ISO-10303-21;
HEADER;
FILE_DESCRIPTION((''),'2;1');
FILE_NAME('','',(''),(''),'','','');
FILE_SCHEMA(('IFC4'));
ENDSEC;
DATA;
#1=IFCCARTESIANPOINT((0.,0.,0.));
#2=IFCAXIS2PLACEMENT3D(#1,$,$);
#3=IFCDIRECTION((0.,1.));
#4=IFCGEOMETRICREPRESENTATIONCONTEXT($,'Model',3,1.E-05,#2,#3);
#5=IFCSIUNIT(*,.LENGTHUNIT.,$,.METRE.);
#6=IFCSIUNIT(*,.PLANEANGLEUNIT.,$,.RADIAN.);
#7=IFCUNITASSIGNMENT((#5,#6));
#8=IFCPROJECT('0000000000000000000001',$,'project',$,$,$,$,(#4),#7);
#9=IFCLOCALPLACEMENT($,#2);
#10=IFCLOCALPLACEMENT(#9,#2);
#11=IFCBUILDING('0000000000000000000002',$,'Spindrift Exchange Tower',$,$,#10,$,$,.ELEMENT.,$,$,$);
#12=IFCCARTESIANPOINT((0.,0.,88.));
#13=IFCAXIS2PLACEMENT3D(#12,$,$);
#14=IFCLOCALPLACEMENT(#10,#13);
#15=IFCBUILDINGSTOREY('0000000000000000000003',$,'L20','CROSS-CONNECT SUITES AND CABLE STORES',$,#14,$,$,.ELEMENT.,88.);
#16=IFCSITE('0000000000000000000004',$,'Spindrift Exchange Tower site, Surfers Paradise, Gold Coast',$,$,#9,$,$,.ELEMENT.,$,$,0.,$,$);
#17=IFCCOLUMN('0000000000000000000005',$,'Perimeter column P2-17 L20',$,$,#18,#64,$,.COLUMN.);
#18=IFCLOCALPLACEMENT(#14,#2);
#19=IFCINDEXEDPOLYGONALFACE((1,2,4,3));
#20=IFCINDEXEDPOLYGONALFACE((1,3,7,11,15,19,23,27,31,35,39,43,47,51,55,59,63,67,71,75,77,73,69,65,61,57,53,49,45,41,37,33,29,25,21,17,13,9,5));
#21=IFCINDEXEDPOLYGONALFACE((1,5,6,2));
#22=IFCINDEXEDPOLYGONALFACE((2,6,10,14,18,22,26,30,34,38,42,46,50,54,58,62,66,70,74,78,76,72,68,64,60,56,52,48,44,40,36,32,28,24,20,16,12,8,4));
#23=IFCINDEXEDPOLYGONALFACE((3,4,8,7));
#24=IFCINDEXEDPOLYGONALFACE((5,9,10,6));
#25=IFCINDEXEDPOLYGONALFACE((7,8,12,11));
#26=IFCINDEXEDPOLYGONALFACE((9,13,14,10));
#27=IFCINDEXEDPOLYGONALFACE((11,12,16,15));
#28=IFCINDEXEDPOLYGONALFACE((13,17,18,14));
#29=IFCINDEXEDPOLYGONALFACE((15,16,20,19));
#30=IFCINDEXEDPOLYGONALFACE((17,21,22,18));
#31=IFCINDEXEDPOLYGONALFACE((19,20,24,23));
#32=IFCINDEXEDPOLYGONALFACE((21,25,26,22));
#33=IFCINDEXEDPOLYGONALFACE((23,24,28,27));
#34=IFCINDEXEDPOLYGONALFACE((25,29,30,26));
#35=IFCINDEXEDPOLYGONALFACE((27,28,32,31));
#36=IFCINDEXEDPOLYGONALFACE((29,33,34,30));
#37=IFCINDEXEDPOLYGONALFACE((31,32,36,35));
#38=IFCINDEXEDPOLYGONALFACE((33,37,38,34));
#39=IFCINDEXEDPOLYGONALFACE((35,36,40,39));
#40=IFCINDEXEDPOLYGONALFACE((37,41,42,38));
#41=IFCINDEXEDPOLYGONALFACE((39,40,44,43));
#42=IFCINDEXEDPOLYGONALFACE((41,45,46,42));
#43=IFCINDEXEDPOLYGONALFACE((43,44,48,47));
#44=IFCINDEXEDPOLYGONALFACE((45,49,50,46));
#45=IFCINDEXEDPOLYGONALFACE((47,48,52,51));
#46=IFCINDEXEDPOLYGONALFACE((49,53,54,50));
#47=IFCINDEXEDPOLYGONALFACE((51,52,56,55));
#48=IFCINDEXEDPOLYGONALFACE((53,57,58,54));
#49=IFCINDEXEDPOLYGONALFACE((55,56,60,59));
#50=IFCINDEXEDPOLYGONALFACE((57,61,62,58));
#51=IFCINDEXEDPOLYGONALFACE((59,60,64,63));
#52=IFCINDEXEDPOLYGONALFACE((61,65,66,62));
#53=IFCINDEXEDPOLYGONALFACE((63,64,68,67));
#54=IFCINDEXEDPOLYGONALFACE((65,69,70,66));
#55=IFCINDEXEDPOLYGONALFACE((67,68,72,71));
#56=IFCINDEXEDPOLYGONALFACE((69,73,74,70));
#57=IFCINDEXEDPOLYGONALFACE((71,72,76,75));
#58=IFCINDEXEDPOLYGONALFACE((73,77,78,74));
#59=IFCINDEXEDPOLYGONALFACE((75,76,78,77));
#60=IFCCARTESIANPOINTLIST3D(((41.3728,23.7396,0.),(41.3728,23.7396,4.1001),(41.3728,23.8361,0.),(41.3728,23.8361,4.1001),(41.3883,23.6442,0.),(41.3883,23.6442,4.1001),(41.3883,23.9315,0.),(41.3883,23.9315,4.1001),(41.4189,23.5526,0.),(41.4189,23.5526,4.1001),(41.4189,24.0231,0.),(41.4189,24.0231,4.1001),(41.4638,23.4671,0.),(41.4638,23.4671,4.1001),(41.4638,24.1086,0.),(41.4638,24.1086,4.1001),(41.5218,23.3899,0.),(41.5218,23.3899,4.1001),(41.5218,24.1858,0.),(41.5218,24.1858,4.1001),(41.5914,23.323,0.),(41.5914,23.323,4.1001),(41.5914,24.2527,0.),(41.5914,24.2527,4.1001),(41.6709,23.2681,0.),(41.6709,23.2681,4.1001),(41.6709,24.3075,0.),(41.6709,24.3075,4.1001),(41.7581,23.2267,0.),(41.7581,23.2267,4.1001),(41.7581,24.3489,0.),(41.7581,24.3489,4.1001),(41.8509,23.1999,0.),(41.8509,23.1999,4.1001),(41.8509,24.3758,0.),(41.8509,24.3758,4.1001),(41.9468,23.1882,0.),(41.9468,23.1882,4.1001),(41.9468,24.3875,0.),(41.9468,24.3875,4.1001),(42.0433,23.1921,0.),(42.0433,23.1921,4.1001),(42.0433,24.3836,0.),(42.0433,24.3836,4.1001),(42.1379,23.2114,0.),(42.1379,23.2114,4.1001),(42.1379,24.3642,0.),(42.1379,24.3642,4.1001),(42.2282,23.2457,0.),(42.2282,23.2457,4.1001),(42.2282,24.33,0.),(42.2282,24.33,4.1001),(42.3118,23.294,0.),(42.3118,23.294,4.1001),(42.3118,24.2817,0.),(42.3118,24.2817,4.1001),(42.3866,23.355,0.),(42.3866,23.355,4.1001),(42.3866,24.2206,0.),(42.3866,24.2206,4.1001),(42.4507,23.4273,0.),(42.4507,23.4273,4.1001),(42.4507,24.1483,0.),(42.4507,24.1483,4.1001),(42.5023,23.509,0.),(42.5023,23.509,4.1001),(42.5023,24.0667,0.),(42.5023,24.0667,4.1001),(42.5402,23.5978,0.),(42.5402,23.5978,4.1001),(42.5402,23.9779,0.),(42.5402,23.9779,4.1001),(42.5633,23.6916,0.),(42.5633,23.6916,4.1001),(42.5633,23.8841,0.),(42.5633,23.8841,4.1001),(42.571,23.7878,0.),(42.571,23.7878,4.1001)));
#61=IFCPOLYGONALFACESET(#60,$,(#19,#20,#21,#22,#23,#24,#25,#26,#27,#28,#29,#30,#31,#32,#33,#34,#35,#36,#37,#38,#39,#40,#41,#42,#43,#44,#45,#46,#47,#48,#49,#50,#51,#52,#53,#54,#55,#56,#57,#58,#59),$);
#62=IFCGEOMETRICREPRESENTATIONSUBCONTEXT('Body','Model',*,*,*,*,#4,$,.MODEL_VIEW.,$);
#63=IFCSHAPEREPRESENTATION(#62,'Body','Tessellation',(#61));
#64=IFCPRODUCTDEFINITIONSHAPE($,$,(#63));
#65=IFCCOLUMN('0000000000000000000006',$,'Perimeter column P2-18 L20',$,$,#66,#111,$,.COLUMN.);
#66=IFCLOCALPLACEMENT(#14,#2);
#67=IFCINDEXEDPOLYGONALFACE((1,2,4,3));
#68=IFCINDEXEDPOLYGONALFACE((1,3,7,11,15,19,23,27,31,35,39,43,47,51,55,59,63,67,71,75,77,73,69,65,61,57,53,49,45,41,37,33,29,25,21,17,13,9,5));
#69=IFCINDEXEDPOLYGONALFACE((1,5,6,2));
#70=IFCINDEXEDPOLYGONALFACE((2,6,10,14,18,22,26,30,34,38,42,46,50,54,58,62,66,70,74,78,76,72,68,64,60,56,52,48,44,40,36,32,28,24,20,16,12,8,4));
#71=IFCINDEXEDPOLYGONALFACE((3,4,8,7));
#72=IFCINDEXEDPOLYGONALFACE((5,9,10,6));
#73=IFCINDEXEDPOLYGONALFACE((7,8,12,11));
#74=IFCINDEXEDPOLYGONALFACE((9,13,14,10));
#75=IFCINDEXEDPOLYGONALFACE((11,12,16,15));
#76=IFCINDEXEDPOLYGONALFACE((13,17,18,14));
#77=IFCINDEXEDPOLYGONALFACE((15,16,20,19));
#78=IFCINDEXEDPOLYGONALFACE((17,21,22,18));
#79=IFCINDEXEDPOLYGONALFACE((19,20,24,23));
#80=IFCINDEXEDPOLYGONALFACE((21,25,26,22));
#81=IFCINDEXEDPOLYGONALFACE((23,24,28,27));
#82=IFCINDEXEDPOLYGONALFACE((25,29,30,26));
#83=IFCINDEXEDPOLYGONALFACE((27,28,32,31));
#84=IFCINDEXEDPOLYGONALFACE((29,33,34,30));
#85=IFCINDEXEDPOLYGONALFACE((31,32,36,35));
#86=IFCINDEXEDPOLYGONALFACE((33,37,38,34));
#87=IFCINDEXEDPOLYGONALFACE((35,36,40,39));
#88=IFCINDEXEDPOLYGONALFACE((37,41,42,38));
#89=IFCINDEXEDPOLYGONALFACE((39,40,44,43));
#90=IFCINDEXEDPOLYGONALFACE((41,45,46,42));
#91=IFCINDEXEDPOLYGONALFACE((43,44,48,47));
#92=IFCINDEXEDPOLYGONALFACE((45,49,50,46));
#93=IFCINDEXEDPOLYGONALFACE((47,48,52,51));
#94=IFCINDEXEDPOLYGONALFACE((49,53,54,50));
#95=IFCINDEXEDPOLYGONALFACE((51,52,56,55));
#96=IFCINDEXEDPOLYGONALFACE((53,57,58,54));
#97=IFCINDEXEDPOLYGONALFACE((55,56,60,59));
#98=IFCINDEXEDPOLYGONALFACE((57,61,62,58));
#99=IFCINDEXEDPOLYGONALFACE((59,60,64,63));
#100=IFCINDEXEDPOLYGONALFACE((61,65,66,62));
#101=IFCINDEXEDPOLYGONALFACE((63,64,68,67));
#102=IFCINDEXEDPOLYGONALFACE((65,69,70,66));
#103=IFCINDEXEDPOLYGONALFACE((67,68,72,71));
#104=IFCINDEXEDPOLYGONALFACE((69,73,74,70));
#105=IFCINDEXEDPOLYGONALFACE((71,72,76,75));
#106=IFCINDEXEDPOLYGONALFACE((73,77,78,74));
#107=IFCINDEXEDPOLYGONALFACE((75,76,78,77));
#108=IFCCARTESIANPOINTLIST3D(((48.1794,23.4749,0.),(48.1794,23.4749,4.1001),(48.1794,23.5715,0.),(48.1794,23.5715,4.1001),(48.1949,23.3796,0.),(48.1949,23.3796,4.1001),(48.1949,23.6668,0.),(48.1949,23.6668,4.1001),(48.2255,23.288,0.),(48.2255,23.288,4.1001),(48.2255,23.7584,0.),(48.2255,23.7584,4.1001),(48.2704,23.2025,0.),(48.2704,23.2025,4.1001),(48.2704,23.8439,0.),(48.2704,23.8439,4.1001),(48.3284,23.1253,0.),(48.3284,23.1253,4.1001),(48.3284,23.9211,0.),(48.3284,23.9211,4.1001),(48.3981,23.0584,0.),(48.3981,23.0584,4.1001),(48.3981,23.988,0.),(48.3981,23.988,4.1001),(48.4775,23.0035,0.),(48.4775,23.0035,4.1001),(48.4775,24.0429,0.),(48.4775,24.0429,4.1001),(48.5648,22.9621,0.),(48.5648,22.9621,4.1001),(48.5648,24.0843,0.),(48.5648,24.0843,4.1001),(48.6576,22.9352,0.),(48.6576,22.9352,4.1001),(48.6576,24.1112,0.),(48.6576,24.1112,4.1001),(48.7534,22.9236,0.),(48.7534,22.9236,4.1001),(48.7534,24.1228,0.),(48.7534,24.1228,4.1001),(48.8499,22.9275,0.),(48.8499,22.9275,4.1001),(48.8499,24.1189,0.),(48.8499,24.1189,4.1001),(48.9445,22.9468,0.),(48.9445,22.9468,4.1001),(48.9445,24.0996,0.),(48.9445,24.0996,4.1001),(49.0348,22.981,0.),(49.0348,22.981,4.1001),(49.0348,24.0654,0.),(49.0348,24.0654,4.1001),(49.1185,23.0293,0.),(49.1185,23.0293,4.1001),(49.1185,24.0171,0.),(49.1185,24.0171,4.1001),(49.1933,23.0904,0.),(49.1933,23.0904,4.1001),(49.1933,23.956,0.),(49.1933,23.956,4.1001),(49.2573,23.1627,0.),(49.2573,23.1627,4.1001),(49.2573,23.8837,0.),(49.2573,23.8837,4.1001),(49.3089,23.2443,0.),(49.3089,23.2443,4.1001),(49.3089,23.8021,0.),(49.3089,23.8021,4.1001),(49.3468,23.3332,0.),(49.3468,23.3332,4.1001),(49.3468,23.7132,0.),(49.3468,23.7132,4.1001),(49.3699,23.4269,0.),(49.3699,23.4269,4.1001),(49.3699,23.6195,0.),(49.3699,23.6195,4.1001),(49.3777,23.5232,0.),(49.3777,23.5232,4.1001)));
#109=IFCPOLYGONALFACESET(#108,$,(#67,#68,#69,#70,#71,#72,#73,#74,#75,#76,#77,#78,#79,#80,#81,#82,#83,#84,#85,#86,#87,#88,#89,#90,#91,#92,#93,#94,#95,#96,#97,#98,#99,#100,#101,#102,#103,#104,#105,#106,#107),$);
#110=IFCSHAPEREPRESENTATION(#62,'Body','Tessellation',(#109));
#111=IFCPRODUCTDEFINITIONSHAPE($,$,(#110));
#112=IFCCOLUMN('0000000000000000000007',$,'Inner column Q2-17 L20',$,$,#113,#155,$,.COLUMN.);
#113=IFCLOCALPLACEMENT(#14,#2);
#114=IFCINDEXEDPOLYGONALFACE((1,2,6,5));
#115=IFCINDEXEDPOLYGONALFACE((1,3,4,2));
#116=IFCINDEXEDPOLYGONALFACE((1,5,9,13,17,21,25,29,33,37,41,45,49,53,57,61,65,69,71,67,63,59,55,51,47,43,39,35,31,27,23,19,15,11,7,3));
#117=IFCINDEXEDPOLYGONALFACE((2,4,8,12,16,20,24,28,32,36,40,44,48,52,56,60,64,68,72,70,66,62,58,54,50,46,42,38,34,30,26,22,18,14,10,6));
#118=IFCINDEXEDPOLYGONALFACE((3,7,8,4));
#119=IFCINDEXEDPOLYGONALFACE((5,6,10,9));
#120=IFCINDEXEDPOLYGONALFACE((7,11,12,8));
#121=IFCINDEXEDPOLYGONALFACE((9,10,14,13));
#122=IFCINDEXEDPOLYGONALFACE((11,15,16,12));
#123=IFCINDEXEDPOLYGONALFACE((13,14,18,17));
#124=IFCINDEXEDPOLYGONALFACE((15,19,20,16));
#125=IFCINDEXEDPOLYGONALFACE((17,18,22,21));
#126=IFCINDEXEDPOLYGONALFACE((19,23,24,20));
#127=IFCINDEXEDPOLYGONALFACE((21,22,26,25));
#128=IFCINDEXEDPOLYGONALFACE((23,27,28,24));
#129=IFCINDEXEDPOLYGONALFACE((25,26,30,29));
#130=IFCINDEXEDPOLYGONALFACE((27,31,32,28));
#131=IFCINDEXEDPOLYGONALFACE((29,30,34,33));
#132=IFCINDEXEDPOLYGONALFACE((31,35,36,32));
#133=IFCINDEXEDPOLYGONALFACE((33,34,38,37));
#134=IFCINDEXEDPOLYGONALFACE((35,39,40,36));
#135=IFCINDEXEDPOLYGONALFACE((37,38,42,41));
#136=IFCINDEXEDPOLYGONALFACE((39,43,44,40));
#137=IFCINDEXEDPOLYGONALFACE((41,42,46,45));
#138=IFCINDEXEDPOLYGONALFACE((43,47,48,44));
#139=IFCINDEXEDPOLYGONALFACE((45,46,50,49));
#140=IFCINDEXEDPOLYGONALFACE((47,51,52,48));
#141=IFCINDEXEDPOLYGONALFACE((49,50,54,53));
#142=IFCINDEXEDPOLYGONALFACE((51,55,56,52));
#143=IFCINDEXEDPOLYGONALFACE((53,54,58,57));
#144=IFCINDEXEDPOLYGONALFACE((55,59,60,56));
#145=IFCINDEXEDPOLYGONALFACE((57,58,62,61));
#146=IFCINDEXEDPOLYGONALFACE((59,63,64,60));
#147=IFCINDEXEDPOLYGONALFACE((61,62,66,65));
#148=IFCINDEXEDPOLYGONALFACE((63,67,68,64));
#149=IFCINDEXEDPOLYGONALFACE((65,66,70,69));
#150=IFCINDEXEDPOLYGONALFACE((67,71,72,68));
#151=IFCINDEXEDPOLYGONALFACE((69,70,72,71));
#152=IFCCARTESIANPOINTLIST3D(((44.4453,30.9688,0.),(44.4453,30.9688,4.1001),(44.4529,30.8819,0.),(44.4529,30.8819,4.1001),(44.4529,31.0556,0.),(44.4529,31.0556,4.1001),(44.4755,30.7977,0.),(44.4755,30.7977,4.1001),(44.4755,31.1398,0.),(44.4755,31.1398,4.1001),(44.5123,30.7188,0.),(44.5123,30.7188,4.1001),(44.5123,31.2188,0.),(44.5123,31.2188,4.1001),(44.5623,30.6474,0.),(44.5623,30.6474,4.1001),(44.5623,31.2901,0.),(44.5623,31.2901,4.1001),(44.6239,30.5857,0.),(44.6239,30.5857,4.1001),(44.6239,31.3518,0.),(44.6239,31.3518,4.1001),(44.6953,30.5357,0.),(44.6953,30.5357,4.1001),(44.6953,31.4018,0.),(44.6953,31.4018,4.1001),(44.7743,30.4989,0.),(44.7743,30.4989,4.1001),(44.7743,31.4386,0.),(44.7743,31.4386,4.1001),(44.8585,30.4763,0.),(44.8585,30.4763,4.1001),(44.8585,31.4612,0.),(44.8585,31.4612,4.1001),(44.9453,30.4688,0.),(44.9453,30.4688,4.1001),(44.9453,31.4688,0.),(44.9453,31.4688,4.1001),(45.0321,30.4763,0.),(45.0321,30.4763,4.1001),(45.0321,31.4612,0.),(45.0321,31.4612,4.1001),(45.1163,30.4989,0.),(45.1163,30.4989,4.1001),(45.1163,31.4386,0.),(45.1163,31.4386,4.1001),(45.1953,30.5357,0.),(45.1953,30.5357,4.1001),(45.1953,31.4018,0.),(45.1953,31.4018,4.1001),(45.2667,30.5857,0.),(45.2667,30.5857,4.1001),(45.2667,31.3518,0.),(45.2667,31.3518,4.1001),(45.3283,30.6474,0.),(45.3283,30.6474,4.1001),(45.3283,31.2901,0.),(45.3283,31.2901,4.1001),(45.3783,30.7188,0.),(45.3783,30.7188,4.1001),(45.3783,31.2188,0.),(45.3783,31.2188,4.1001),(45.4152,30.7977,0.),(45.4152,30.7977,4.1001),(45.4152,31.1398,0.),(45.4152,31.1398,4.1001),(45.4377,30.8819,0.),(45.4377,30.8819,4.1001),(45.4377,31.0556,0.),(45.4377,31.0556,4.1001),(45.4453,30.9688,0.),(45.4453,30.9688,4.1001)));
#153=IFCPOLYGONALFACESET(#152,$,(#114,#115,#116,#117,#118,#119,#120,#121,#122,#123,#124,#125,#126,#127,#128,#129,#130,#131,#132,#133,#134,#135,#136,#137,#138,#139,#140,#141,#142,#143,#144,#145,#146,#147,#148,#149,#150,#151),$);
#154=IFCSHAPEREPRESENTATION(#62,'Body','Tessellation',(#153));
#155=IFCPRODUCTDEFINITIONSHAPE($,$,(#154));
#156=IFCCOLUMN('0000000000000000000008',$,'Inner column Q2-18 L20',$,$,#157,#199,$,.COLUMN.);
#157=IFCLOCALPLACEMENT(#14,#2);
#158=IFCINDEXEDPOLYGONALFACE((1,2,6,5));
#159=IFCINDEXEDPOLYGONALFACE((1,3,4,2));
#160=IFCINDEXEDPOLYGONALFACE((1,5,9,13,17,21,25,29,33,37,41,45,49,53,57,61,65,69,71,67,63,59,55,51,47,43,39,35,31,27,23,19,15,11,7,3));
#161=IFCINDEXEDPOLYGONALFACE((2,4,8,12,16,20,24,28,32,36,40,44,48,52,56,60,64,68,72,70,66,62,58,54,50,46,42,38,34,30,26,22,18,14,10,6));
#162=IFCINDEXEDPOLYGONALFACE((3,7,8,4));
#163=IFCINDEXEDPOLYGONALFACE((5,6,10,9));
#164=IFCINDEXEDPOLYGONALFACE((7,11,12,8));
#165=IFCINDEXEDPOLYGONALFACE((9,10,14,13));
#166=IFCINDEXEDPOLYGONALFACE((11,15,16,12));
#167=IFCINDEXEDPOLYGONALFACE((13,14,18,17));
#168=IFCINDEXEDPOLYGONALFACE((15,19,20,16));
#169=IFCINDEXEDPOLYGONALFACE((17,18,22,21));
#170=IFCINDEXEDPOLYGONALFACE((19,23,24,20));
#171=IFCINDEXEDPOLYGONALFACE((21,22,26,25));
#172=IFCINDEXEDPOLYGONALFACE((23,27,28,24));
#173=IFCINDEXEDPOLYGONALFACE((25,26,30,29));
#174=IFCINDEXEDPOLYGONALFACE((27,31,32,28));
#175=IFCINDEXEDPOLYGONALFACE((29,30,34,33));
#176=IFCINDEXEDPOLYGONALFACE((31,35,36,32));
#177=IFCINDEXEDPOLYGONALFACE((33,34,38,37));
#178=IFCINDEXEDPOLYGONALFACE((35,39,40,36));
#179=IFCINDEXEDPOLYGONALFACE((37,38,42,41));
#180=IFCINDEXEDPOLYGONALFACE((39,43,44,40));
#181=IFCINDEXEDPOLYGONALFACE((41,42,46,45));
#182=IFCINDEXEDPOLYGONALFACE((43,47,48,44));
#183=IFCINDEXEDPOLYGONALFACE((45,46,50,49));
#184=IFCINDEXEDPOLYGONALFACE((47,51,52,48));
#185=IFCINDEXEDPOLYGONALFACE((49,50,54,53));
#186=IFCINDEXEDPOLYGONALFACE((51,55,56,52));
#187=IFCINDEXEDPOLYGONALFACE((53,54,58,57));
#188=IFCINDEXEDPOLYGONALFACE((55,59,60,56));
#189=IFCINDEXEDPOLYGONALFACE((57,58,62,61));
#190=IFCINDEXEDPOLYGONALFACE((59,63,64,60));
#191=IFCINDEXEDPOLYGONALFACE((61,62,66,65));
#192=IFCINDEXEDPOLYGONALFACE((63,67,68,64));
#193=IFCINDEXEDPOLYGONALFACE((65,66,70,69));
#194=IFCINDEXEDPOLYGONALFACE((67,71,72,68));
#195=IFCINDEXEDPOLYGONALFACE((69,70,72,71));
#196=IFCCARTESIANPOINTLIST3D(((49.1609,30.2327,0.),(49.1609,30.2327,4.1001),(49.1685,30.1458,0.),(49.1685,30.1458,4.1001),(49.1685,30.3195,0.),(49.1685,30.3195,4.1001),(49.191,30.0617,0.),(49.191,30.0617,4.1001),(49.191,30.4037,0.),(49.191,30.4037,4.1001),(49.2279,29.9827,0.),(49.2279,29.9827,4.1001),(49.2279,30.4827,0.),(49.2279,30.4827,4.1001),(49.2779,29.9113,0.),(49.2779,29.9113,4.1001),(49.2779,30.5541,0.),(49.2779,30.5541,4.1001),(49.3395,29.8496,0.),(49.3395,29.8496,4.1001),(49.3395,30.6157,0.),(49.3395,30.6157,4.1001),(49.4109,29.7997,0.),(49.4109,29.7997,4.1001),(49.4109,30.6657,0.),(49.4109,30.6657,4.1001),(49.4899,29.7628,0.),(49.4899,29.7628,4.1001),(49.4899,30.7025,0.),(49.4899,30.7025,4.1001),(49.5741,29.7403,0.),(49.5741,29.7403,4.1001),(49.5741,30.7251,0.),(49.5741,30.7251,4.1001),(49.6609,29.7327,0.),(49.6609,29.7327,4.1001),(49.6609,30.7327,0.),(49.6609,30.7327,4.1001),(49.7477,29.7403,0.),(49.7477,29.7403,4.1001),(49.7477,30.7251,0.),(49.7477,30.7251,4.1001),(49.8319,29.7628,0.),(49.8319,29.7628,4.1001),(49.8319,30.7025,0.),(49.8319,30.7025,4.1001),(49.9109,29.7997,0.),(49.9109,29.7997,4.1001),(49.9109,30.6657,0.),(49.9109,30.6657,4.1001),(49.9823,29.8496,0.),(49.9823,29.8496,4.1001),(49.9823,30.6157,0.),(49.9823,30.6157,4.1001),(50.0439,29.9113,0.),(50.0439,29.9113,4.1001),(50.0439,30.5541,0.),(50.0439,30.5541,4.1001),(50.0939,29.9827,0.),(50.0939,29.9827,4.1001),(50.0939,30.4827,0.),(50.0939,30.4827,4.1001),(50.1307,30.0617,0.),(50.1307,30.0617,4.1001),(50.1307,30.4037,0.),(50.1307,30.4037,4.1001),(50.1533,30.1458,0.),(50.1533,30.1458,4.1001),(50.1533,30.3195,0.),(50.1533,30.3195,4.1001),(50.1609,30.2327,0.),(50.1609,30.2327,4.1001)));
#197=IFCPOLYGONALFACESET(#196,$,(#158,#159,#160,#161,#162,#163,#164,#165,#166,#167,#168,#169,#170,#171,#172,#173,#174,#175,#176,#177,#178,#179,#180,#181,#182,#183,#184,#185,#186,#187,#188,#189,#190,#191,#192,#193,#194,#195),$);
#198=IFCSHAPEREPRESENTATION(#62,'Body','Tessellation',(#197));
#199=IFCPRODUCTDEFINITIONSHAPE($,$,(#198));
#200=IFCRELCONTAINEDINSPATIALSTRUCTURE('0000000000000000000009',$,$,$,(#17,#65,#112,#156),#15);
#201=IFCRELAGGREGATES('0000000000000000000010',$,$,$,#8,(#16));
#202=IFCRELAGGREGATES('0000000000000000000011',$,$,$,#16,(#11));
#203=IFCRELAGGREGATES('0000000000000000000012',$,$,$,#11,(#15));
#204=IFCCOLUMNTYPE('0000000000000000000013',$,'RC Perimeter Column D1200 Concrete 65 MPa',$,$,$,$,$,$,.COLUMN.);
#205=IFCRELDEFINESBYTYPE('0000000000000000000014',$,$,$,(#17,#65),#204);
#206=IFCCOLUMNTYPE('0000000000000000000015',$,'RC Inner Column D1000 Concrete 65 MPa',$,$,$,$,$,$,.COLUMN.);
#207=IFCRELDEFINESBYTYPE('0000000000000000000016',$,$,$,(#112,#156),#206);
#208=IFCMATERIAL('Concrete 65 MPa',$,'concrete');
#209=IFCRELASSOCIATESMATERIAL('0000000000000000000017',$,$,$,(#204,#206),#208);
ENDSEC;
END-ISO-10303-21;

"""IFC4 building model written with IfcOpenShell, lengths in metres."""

from ifc_helpers import new_model, si_unit, direction, frame, origin, origin_2d, place, context, subcontext, project, spatial, circle, extrude, source, transform, mapped, material, material_profile, profile_set, type_object, element, save


model = new_model("IFC4")

# Units and contexts
model_context = context("Model", 3, precision=1e-05, world=origin(), true_north=direction((0.0, 1.0)))
body_context = subcontext(model_context, "Body", "Model", "MODEL_VIEW")
ifc_project = project(units=[si_unit("LENGTHUNIT", "METRE"), si_unit("PLANEANGLEUNIT", "RADIAN")], contexts=[model_context])

# Site, building, storey
site_placement = place(None, origin())
site = spatial("IfcSite", under=ifc_project, at=site_placement, Name="Spindrift Exchange Tower site, Surfers Paradise, Gold Coast", CompositionType="ELEMENT", RefElevation=0.0)
building_placement = place(site_placement, origin())
building = spatial("IfcBuilding", under=site, at=building_placement, Name="Spindrift Exchange Tower", CompositionType="ELEMENT")
storey_placement = place(building_placement, frame((0.0, 0.0, 88.0)))
storey = spatial("IfcBuildingStorey", under=building, at=storey_placement, Name="L20", Description="CROSS-CONNECT SUITES AND CABLE STORES", CompositionType="ELEMENT", Elevation=88.0)

# Columns
ifc_material_1 = material(Name="Concrete 65 MPa", Category="concrete")
ifc_material_profile_1 = material_profile(ifc_material_1, circle(Radius=0.6001, at=origin_2d()), Name="RC D1200")
ifc_profile_set_1 = profile_set([ifc_material_profile_1], Name="Concrete 65 MPa")
column_type_1 = type_object("IfcColumnType", Name="RC Perimeter Column D1200 Concrete 65 MPa", PredefinedType="COLUMN", material=ifc_profile_set_1)
shared_shape_1 = source(origin(), body_context, "Body", "SweptSolid", [
    extrude(circle(Radius=0.6001, at=origin_2d()), origin(), (0.0, 0.0, 1.0), 4.1001),
])
for number, where, z_axis, x_axis, name in (
    (1, (41.9709, 23.7878, 0.0), (0.0, 0.0, 1.0), (1.0, 0.0, 0.0), "Perimeter column P2-17 L20"),
    (2, (48.7776, 23.5232, 0.0), (0.0, 0.0, 1.0), (1.0, 0.0, 0.0), "Perimeter column P2-18 L20"),
):
    element("IfcColumn", number, at=place(storey_placement, frame(where, z_axis=z_axis, x_axis=x_axis)), inside=storey, type_object=column_type_1, Name=name, PredefinedType="COLUMN", context=body_context, shape_type="MappedRepresentation", body=[
        mapped(shared_shape_1, transform((0.0, 0.0, 0.0), scale=1.0)),
    ])
ifc_material_profile_2 = material_profile(ifc_material_1, circle(Radius=0.5, at=origin_2d()), Name="RC D1000")
ifc_profile_set_2 = profile_set([ifc_material_profile_2], Name="Concrete 65 MPa")
column_type_2 = type_object("IfcColumnType", Name="RC Inner Column D1000 Concrete 65 MPa", PredefinedType="COLUMN", material=ifc_profile_set_2)
shared_shape_2 = source(origin(), body_context, "Body", "SweptSolid", [
    extrude(circle(Radius=0.5, at=origin_2d()), origin(), (0.0, 0.0, 1.0), 4.1001),
])
for number, where, z_axis, x_axis, name in (
    (3, (44.9453, 30.9688, 0.0), (0.0, 0.0, 1.0), (1.0, 0.0, 0.0), "Inner column Q2-17 L20"),
    (4, (49.6609, 30.2327, 0.0), (0.0, 0.0, 1.0), (1.0, 0.0, 0.0), "Inner column Q2-18 L20"),
):
    element("IfcColumn", number, at=place(storey_placement, frame(where, z_axis=z_axis, x_axis=x_axis)), inside=storey, type_object=column_type_2, Name=name, PredefinedType="COLUMN", context=body_context, shape_type="MappedRepresentation", body=[
        mapped(shared_shape_2, transform((0.0, 0.0, 0.0), scale=1.0)),
    ])

save(model, "model.ifc")
